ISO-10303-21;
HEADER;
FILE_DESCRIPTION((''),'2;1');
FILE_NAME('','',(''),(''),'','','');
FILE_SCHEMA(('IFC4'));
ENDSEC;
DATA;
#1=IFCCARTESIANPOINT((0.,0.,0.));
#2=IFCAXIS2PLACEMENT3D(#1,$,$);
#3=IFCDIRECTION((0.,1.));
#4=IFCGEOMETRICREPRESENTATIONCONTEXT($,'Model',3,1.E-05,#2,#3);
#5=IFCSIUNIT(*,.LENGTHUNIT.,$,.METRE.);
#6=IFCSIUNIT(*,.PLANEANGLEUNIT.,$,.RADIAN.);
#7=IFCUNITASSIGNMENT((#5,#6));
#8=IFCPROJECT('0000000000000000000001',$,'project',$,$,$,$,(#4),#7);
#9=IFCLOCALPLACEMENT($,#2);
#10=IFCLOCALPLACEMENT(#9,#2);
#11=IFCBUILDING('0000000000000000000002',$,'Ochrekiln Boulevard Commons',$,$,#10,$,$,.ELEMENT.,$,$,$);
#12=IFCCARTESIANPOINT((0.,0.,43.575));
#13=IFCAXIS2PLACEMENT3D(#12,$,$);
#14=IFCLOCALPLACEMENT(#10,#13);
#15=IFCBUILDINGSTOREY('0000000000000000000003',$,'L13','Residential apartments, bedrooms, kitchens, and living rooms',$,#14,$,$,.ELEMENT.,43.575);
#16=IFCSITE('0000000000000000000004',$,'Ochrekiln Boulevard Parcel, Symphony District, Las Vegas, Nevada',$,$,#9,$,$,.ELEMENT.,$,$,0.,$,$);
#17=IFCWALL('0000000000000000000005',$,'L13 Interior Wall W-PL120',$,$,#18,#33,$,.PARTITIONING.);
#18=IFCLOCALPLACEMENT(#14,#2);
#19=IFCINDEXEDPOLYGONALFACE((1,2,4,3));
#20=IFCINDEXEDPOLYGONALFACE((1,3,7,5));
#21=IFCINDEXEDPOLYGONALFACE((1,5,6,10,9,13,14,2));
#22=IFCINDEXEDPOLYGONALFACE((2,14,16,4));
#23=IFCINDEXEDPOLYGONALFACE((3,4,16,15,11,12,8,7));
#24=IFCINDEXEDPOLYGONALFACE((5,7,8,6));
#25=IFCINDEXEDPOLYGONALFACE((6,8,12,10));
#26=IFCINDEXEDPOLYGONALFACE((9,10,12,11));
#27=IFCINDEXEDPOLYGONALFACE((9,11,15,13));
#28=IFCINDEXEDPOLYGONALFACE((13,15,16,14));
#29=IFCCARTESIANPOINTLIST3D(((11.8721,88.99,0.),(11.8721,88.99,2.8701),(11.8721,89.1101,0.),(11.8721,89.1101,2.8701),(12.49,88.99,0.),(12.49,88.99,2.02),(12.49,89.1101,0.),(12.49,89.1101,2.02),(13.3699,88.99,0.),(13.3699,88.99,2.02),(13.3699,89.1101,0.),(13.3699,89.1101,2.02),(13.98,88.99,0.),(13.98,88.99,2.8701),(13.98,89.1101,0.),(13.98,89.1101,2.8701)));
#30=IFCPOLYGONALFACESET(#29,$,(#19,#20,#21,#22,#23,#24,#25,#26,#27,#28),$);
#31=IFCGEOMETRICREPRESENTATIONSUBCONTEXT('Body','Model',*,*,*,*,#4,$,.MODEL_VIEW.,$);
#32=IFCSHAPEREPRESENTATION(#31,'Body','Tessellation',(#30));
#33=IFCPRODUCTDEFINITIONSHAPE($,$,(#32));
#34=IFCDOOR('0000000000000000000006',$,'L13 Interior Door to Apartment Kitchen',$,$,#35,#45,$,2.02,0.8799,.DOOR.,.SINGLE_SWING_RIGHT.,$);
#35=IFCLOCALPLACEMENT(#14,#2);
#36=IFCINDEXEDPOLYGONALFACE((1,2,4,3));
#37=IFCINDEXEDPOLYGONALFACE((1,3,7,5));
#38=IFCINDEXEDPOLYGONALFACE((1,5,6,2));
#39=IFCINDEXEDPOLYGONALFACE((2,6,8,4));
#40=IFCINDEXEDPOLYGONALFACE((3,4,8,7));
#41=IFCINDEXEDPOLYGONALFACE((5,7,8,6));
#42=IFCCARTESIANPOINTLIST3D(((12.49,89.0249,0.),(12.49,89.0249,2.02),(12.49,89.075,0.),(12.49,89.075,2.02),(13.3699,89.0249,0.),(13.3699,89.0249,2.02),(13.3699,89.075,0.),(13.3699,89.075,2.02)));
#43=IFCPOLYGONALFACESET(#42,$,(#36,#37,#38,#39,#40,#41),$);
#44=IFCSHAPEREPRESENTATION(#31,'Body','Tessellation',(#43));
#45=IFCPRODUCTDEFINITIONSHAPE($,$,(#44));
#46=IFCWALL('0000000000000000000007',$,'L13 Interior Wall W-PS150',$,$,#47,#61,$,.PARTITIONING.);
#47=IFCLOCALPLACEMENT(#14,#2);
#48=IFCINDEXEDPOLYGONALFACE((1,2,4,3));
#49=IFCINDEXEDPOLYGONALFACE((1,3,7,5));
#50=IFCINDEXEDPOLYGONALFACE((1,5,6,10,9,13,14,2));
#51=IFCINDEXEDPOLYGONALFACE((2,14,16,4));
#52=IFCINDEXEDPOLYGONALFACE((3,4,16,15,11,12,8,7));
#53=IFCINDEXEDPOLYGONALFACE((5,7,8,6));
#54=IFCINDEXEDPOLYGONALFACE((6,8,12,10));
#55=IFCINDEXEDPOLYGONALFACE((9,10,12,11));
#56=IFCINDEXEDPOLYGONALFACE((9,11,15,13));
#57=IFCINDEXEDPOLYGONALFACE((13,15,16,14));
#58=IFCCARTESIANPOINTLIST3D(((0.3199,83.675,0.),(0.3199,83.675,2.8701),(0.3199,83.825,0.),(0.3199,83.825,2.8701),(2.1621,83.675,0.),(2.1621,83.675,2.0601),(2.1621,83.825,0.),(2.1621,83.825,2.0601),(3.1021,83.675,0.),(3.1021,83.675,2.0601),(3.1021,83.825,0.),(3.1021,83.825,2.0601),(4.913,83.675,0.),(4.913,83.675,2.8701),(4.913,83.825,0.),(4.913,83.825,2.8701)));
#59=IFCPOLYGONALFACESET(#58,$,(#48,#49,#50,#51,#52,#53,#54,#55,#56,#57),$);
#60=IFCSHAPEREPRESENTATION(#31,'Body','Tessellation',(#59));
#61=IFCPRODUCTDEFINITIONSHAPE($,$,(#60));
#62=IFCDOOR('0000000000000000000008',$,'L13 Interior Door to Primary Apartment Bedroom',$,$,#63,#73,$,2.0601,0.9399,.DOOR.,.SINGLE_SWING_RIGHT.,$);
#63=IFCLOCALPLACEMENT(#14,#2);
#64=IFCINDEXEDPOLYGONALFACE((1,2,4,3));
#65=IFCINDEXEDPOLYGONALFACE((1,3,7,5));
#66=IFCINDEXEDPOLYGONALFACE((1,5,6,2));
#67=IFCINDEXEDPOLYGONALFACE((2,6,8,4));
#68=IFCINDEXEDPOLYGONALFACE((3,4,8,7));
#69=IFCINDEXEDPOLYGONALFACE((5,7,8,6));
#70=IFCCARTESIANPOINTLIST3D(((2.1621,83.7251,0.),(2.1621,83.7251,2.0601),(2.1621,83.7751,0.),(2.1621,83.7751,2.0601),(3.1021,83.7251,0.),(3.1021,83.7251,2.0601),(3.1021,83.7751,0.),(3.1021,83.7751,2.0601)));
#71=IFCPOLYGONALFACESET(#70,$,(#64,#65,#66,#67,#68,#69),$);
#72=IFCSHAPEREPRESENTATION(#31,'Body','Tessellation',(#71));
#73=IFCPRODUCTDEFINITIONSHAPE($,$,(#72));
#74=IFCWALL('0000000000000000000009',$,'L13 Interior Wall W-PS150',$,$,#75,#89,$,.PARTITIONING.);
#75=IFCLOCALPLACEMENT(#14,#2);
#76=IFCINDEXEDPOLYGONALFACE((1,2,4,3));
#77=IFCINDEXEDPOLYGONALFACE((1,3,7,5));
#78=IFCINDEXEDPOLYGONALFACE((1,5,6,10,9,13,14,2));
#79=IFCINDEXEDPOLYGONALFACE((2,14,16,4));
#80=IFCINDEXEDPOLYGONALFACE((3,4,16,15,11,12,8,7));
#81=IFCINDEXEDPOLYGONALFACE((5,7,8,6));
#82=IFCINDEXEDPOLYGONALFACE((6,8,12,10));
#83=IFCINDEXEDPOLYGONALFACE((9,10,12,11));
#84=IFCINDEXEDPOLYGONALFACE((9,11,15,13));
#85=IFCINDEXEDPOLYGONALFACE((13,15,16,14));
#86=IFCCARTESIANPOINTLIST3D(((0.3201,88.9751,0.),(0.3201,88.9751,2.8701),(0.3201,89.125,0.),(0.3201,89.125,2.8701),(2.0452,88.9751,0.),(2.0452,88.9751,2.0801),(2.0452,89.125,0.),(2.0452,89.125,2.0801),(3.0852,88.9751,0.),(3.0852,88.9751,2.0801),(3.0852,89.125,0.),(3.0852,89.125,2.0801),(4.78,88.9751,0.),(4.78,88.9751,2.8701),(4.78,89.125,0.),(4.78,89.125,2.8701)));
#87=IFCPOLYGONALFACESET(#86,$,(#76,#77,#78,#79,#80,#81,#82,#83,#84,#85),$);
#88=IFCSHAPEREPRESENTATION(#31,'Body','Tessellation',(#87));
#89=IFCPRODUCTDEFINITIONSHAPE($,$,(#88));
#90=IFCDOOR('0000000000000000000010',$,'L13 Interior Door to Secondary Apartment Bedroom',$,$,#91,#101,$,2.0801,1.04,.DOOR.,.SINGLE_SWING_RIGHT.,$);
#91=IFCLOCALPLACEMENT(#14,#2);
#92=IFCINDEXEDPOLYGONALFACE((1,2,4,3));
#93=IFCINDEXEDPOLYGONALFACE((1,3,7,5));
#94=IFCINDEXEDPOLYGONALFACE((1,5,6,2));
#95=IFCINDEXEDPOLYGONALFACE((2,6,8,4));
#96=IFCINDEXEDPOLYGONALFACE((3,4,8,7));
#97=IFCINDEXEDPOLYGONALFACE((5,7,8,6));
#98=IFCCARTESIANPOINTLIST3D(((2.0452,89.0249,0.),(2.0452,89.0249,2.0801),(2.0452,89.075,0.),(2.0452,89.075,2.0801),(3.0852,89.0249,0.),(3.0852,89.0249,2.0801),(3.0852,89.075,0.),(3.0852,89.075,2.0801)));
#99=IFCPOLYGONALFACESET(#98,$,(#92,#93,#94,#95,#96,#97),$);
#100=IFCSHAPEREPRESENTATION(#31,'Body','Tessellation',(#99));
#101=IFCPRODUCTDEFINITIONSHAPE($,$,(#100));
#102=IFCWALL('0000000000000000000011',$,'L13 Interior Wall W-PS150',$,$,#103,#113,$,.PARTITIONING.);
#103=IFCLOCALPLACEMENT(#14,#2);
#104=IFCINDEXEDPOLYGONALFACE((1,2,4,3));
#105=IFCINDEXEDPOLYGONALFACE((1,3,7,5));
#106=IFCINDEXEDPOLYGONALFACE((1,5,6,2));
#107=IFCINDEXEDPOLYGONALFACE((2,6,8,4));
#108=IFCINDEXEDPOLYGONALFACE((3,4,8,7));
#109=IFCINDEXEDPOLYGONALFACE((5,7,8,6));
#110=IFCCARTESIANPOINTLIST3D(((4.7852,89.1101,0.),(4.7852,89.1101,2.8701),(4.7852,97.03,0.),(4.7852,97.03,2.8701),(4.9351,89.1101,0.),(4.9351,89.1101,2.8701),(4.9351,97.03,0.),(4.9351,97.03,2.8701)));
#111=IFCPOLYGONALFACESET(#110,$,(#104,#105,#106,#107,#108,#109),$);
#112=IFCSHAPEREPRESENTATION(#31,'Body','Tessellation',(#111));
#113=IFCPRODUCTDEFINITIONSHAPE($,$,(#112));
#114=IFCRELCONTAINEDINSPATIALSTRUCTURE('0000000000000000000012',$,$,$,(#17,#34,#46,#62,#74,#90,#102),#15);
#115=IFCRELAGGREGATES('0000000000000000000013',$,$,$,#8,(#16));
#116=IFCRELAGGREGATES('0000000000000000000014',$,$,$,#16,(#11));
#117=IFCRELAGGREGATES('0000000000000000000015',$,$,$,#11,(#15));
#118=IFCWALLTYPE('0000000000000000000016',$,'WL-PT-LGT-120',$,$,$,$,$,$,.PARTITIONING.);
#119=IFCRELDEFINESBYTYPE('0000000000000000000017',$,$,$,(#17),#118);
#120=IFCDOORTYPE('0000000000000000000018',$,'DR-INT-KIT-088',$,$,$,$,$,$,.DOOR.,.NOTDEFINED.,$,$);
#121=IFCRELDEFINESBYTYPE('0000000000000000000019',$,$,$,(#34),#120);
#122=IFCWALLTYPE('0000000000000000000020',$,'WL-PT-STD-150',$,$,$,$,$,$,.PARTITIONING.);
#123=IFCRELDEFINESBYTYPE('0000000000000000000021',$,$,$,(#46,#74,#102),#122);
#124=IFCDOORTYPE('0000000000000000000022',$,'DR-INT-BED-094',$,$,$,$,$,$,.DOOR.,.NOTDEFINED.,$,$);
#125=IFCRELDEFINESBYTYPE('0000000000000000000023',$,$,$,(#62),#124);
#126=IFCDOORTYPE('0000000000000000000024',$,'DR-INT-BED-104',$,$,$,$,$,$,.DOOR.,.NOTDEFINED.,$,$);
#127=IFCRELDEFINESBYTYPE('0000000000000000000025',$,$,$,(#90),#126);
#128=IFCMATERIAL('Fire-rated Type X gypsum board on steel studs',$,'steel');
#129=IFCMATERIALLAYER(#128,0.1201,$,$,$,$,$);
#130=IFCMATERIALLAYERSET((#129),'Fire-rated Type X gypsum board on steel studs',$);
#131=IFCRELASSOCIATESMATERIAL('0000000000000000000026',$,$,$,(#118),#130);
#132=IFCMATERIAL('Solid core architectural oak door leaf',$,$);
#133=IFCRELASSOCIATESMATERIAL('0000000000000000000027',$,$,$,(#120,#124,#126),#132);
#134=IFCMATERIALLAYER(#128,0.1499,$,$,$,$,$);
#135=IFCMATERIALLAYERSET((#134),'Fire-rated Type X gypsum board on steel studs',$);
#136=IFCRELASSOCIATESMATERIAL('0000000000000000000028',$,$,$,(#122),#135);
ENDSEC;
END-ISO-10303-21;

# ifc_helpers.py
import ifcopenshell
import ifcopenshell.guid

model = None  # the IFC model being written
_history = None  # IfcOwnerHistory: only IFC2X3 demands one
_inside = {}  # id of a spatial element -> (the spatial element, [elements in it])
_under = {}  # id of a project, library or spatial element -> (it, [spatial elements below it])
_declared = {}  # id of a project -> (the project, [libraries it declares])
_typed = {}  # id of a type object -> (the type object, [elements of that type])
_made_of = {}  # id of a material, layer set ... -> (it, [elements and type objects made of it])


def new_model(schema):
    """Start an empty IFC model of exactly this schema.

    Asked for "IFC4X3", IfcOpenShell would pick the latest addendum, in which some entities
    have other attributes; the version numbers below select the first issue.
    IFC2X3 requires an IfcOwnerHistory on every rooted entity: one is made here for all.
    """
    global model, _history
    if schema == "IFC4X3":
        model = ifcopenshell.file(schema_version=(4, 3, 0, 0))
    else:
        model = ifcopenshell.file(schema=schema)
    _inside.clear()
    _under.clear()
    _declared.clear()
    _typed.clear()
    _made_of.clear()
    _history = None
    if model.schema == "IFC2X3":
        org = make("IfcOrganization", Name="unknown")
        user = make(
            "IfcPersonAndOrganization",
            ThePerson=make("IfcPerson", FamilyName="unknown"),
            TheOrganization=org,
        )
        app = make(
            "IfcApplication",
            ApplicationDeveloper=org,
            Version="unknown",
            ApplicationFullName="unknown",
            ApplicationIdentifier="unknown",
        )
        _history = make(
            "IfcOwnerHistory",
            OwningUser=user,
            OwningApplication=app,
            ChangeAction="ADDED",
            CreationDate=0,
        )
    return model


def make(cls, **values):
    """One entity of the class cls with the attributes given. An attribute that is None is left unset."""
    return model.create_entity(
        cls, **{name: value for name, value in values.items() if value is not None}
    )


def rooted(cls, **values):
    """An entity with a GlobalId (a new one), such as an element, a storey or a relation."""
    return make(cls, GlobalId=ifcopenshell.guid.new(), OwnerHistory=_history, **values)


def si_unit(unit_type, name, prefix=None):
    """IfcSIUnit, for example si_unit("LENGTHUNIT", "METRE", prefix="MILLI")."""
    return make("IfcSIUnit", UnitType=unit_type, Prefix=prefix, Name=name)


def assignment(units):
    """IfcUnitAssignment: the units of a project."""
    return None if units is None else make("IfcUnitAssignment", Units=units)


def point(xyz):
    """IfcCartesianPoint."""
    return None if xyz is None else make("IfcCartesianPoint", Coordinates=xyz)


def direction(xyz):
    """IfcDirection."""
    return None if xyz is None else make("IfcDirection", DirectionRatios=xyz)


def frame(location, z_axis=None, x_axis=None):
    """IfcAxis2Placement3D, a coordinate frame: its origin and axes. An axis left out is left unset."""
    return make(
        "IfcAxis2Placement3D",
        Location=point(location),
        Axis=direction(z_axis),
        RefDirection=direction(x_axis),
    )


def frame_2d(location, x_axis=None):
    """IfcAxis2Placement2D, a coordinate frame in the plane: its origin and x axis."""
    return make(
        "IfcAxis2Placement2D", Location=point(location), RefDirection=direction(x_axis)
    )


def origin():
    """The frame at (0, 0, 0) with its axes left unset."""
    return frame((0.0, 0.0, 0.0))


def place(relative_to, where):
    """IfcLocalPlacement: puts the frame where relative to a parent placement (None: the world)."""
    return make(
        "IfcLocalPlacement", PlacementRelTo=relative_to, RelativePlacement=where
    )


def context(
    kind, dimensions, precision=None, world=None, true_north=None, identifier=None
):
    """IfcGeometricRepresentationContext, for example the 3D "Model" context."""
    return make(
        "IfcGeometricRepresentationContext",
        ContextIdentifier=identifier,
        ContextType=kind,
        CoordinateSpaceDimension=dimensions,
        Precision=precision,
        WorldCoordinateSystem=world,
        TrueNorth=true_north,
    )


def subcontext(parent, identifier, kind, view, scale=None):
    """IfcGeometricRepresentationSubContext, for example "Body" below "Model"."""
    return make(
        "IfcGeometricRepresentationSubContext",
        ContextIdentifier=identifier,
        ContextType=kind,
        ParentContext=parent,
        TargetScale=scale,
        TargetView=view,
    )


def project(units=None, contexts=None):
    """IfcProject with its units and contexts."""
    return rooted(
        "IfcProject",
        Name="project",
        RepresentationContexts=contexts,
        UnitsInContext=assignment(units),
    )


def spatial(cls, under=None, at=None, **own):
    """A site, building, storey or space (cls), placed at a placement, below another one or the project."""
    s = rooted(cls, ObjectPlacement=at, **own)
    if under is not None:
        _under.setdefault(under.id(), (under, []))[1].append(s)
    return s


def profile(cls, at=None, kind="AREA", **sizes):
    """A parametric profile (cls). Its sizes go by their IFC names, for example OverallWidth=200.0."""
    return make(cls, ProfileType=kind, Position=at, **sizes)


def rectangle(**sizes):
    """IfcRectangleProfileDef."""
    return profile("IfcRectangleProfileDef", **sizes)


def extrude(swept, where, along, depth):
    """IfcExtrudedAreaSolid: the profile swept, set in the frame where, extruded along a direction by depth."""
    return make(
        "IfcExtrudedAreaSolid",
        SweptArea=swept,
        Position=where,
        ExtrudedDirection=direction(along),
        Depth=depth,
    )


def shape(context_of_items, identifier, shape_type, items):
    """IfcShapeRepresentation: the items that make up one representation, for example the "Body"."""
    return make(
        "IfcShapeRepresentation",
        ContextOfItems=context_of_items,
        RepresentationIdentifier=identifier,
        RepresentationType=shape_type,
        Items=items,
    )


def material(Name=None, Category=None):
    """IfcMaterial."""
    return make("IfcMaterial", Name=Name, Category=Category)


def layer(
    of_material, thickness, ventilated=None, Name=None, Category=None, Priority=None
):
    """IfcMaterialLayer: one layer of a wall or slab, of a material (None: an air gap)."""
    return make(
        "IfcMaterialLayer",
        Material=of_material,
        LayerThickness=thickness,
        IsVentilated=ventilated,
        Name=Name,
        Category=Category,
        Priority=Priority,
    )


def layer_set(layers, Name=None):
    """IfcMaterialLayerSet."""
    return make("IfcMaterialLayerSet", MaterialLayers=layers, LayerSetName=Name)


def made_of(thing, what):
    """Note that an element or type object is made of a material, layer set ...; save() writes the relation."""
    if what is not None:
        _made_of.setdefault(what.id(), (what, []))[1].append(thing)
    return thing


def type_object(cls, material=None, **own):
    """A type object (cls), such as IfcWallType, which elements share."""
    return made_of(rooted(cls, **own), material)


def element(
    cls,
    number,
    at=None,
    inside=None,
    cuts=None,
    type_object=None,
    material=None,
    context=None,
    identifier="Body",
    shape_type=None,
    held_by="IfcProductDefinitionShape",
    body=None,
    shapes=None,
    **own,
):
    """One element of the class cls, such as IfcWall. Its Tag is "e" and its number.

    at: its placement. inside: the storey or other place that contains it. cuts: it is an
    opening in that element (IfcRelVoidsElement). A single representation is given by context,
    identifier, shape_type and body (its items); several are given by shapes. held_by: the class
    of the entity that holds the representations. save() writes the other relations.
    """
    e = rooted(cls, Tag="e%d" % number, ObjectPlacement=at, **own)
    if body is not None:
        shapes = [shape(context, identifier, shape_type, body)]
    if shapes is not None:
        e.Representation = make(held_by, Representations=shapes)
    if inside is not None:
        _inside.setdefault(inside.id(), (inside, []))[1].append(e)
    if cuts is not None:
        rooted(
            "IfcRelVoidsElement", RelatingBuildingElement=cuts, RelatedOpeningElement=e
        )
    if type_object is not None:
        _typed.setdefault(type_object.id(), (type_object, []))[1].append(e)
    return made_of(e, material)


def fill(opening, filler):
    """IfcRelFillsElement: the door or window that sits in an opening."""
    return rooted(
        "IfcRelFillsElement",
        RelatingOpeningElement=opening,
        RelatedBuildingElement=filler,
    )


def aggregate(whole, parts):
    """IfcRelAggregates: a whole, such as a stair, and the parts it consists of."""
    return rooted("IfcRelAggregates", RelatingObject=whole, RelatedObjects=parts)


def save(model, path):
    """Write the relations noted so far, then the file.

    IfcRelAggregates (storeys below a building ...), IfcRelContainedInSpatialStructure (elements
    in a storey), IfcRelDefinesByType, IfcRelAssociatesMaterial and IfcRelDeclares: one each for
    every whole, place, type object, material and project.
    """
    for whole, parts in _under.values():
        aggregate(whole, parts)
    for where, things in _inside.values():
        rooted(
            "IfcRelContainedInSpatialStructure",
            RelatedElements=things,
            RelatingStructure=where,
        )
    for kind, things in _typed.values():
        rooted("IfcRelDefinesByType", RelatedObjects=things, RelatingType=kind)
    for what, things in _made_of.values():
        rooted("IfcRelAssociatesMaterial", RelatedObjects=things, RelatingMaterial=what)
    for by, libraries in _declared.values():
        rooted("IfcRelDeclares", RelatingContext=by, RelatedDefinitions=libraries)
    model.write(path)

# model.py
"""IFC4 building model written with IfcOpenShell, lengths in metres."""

from ifc_helpers import new_model, si_unit, direction, frame, frame_2d, origin, place, context, subcontext, project, spatial, rectangle, extrude, material, layer, layer_set, type_object, element, fill, save


model = new_model("IFC4")

# Units and contexts
model_context = context("Model", 3, precision=1e-05, world=origin(), true_north=direction((0.0, 1.0)))
body_context = subcontext(model_context, "Body", "Model", "MODEL_VIEW")
ifc_project = project(units=[si_unit("LENGTHUNIT", "METRE"), si_unit("PLANEANGLEUNIT", "RADIAN")], contexts=[model_context])

# Site, building, storey
site_placement = place(None, origin())
site = spatial("IfcSite", under=ifc_project, at=site_placement, Name="Ochrekiln Boulevard Parcel, Symphony District, Las Vegas, Nevada", CompositionType="ELEMENT", RefElevation=0.0)
building_placement = place(site_placement, origin())
building = spatial("IfcBuilding", under=site, at=building_placement, Name="Ochrekiln Boulevard Commons", CompositionType="ELEMENT")
storey_placement = place(building_placement, frame((0.0, 0.0, 43.575)))
storey = spatial("IfcBuildingStorey", under=building, at=storey_placement, Name="L13", Description="Residential apartments, bedrooms, kitchens, and living rooms", CompositionType="ELEMENT", Elevation=43.575)

# Shared definitions
ifc_material_1 = material(Name="Solid core architectural oak door leaf")
ifc_material_2 = material(Name="Fire-rated Type X gypsum board on steel studs", Category="steel")

# Shared definitions
ifc_layer_1 = layer(ifc_material_2, 0.1201)
ifc_layer_set_1 = layer_set([ifc_layer_1], Name="Fire-rated Type X gypsum board on steel studs")
wall_type_1 = type_object("IfcWallType", Name="WL-PT-LGT-120", PredefinedType="PARTITIONING", material=ifc_layer_set_1)
door_type_1 = type_object("IfcDoorType", Name="DR-INT-KIT-088", OperationType="NOTDEFINED", PredefinedType="DOOR", material=ifc_material_1)

# Walls, openings, doors
wall_1_placement = place(storey_placement, frame((11.8721, 89.05, 0.0), z_axis=(0.0, 0.0, 1.0), x_axis=(1.0, 0.0, 0.0)))
wall_1 = element("IfcWall", 1, at=wall_1_placement, inside=storey, type_object=wall_type_1, Name="L13 Interior Wall W-PL120", PredefinedType="PARTITIONING", context=body_context, shape_type="SweptSolid", body=[
    extrude(rectangle(XDim=2.1079, YDim=0.1201, at=frame_2d((1.054, 0.0))), origin(), (0.0, 0.0, 1.0), 2.8701),
])
opening_1_placement = place(wall_1_placement, frame((0.6179, 0.0, 0.0)))
opening_1 = element("IfcOpeningElement", 2, at=opening_1_placement, cuts=wall_1, PredefinedType="OPENING", context=body_context, shape_type="SweptSolid", body=[
    extrude(rectangle(XDim=0.8799, YDim=2.02, at=frame_2d((0.4399, 1.01))), frame((0.0, 0.0701, 0.0), z_axis=(0.0, -1.0, 0.0), x_axis=(1.0, 0.0, 0.0)), (0.0, 0.0, 1.0), 0.1401),
])
door_1_placement = place(opening_1_placement, origin())
door_1 = element("IfcDoor", 3, at=door_1_placement, inside=storey, type_object=door_type_1, Name="L13 Interior Door to Apartment Kitchen", OperationType="SINGLE_SWING_RIGHT", OverallHeight=2.02, OverallWidth=0.8799, PredefinedType="DOOR", context=body_context, shape_type="SweptSolid", body=[
    extrude(rectangle(XDim=0.8799, YDim=2.02, at=frame_2d((0.4399, 1.01))), frame((0.0, 0.0249, 0.0), z_axis=(0.0, -1.0, 0.0), x_axis=(1.0, 0.0, 0.0)), (0.0, 0.0, 1.0), 0.05),
])
fill(opening_1, door_1)
ifc_layer_2 = layer(ifc_material_2, 0.1499)
ifc_layer_set_2 = layer_set([ifc_layer_2], Name="Fire-rated Type X gypsum board on steel studs")
wall_type_2 = type_object("IfcWallType", Name="WL-PT-STD-150", PredefinedType="PARTITIONING", material=ifc_layer_set_2)
wall_2_placement = place(storey_placement, frame((0.3201, 83.75, 0.0), z_axis=(0.0, 0.0, 1.0), x_axis=(1.0, 0.0, 0.0)))
wall_2 = element("IfcWall", 4, at=wall_2_placement, inside=storey, type_object=wall_type_2, Name="L13 Interior Wall W-PS150", PredefinedType="PARTITIONING", context=body_context, shape_type="SweptSolid", body=[
    extrude(rectangle(XDim=4.593, YDim=0.1499, at=frame_2d((2.2964, 0.0))), origin(), (0.0, 0.0, 1.0), 2.8701),
])
opening_2_placement = place(wall_2_placement, frame((1.842, 0.0, 0.0)))
opening_2 = element("IfcOpeningElement", 5, at=opening_2_placement, cuts=wall_2, PredefinedType="OPENING", context=body_context, shape_type="SweptSolid", body=[
    extrude(rectangle(XDim=0.9399, YDim=2.0601, at=frame_2d((0.47, 1.03))), frame((0.0, 0.085, 0.0), z_axis=(0.0, -1.0, 0.0), x_axis=(1.0, 0.0, 0.0)), (0.0, 0.0, 1.0), 0.1699),
])
door_type_2 = type_object("IfcDoorType", Name="DR-INT-BED-094", OperationType="NOTDEFINED", PredefinedType="DOOR", material=ifc_material_1)
door_2_placement = place(opening_2_placement, frame((0.9399, 0.0, 0.0), z_axis=(0.0, 0.0, 1.0), x_axis=(-1.0, 0.0, 0.0)))
door_2 = element("IfcDoor", 6, at=door_2_placement, inside=storey, type_object=door_type_2, Name="L13 Interior Door to Primary Apartment Bedroom", OperationType="SINGLE_SWING_RIGHT", OverallHeight=2.0601, OverallWidth=0.9399, PredefinedType="DOOR", context=body_context, shape_type="SweptSolid", body=[
    extrude(rectangle(XDim=0.9399, YDim=2.0601, at=frame_2d((0.47, 1.03))), frame((0.0, 0.0249, 0.0), z_axis=(0.0, -1.0, 0.0), x_axis=(1.0, 0.0, 0.0)), (0.0, 0.0, 1.0), 0.05),
])
fill(opening_2, door_2)
wall_3_placement = place(storey_placement, frame((0.3201, 89.05, 0.0), z_axis=(0.0, 0.0, 1.0), x_axis=(1.0, 0.0, 0.0)))
wall_3 = element("IfcWall", 7, at=wall_3_placement, inside=storey, type_object=wall_type_2, Name="L13 Interior Wall W-PS150", PredefinedType="PARTITIONING", context=body_context, shape_type="SweptSolid", body=[
    extrude(rectangle(XDim=4.46, YDim=0.1499, at=frame_2d((2.23, 0.0))), origin(), (0.0, 0.0, 1.0), 2.8701),
])
opening_3_placement = place(wall_3_placement, frame((1.7251, 0.0, 0.0)))
opening_3 = element("IfcOpeningElement", 8, at=opening_3_placement, cuts=wall_3, PredefinedType="OPENING", context=body_context, shape_type="SweptSolid", body=[
    extrude(rectangle(XDim=1.04, YDim=2.0801, at=frame_2d((0.52, 1.04))), frame((0.0, 0.085, 0.0), z_axis=(0.0, -1.0, 0.0), x_axis=(1.0, 0.0, 0.0)), (0.0, 0.0, 1.0), 0.1699),
])
door_type_3 = type_object("IfcDoorType", Name="DR-INT-BED-104", OperationType="NOTDEFINED", PredefinedType="DOOR", material=ifc_material_1)
door_3_placement = place(opening_3_placement, origin())
door_3 = element("IfcDoor", 9, at=door_3_placement, inside=storey, type_object=door_type_3, Name="L13 Interior Door to Secondary Apartment Bedroom", OperationType="SINGLE_SWING_RIGHT", OverallHeight=2.0801, OverallWidth=1.04, PredefinedType="DOOR", context=body_context, shape_type="SweptSolid", body=[
    extrude(rectangle(XDim=1.04, YDim=2.0801, at=frame_2d((0.52, 1.04))), frame((0.0, 0.0249, 0.0), z_axis=(0.0, -1.0, 0.0), x_axis=(1.0, 0.0, 0.0)), (0.0, 0.0, 1.0), 0.05),
])
fill(opening_3, door_3)

# Wall
wall_4_placement = place(storey_placement, frame((4.8601, 89.1101, 0.0), z_axis=(0.0, 0.0, 1.0), x_axis=(0.0, 1.0, 0.0)))
element("IfcWall", 10, at=wall_4_placement, inside=storey, type_object=wall_type_2, Name="L13 Interior Wall W-PS150", PredefinedType="PARTITIONING", context=body_context, shape_type="SweptSolid", body=[
    extrude(rectangle(XDim=7.9199, YDim=0.1499, at=frame_2d((3.96, 0.0))), origin(), (0.0, 0.0, 1.0), 2.8701),
])

save(model, "model.ifc")
